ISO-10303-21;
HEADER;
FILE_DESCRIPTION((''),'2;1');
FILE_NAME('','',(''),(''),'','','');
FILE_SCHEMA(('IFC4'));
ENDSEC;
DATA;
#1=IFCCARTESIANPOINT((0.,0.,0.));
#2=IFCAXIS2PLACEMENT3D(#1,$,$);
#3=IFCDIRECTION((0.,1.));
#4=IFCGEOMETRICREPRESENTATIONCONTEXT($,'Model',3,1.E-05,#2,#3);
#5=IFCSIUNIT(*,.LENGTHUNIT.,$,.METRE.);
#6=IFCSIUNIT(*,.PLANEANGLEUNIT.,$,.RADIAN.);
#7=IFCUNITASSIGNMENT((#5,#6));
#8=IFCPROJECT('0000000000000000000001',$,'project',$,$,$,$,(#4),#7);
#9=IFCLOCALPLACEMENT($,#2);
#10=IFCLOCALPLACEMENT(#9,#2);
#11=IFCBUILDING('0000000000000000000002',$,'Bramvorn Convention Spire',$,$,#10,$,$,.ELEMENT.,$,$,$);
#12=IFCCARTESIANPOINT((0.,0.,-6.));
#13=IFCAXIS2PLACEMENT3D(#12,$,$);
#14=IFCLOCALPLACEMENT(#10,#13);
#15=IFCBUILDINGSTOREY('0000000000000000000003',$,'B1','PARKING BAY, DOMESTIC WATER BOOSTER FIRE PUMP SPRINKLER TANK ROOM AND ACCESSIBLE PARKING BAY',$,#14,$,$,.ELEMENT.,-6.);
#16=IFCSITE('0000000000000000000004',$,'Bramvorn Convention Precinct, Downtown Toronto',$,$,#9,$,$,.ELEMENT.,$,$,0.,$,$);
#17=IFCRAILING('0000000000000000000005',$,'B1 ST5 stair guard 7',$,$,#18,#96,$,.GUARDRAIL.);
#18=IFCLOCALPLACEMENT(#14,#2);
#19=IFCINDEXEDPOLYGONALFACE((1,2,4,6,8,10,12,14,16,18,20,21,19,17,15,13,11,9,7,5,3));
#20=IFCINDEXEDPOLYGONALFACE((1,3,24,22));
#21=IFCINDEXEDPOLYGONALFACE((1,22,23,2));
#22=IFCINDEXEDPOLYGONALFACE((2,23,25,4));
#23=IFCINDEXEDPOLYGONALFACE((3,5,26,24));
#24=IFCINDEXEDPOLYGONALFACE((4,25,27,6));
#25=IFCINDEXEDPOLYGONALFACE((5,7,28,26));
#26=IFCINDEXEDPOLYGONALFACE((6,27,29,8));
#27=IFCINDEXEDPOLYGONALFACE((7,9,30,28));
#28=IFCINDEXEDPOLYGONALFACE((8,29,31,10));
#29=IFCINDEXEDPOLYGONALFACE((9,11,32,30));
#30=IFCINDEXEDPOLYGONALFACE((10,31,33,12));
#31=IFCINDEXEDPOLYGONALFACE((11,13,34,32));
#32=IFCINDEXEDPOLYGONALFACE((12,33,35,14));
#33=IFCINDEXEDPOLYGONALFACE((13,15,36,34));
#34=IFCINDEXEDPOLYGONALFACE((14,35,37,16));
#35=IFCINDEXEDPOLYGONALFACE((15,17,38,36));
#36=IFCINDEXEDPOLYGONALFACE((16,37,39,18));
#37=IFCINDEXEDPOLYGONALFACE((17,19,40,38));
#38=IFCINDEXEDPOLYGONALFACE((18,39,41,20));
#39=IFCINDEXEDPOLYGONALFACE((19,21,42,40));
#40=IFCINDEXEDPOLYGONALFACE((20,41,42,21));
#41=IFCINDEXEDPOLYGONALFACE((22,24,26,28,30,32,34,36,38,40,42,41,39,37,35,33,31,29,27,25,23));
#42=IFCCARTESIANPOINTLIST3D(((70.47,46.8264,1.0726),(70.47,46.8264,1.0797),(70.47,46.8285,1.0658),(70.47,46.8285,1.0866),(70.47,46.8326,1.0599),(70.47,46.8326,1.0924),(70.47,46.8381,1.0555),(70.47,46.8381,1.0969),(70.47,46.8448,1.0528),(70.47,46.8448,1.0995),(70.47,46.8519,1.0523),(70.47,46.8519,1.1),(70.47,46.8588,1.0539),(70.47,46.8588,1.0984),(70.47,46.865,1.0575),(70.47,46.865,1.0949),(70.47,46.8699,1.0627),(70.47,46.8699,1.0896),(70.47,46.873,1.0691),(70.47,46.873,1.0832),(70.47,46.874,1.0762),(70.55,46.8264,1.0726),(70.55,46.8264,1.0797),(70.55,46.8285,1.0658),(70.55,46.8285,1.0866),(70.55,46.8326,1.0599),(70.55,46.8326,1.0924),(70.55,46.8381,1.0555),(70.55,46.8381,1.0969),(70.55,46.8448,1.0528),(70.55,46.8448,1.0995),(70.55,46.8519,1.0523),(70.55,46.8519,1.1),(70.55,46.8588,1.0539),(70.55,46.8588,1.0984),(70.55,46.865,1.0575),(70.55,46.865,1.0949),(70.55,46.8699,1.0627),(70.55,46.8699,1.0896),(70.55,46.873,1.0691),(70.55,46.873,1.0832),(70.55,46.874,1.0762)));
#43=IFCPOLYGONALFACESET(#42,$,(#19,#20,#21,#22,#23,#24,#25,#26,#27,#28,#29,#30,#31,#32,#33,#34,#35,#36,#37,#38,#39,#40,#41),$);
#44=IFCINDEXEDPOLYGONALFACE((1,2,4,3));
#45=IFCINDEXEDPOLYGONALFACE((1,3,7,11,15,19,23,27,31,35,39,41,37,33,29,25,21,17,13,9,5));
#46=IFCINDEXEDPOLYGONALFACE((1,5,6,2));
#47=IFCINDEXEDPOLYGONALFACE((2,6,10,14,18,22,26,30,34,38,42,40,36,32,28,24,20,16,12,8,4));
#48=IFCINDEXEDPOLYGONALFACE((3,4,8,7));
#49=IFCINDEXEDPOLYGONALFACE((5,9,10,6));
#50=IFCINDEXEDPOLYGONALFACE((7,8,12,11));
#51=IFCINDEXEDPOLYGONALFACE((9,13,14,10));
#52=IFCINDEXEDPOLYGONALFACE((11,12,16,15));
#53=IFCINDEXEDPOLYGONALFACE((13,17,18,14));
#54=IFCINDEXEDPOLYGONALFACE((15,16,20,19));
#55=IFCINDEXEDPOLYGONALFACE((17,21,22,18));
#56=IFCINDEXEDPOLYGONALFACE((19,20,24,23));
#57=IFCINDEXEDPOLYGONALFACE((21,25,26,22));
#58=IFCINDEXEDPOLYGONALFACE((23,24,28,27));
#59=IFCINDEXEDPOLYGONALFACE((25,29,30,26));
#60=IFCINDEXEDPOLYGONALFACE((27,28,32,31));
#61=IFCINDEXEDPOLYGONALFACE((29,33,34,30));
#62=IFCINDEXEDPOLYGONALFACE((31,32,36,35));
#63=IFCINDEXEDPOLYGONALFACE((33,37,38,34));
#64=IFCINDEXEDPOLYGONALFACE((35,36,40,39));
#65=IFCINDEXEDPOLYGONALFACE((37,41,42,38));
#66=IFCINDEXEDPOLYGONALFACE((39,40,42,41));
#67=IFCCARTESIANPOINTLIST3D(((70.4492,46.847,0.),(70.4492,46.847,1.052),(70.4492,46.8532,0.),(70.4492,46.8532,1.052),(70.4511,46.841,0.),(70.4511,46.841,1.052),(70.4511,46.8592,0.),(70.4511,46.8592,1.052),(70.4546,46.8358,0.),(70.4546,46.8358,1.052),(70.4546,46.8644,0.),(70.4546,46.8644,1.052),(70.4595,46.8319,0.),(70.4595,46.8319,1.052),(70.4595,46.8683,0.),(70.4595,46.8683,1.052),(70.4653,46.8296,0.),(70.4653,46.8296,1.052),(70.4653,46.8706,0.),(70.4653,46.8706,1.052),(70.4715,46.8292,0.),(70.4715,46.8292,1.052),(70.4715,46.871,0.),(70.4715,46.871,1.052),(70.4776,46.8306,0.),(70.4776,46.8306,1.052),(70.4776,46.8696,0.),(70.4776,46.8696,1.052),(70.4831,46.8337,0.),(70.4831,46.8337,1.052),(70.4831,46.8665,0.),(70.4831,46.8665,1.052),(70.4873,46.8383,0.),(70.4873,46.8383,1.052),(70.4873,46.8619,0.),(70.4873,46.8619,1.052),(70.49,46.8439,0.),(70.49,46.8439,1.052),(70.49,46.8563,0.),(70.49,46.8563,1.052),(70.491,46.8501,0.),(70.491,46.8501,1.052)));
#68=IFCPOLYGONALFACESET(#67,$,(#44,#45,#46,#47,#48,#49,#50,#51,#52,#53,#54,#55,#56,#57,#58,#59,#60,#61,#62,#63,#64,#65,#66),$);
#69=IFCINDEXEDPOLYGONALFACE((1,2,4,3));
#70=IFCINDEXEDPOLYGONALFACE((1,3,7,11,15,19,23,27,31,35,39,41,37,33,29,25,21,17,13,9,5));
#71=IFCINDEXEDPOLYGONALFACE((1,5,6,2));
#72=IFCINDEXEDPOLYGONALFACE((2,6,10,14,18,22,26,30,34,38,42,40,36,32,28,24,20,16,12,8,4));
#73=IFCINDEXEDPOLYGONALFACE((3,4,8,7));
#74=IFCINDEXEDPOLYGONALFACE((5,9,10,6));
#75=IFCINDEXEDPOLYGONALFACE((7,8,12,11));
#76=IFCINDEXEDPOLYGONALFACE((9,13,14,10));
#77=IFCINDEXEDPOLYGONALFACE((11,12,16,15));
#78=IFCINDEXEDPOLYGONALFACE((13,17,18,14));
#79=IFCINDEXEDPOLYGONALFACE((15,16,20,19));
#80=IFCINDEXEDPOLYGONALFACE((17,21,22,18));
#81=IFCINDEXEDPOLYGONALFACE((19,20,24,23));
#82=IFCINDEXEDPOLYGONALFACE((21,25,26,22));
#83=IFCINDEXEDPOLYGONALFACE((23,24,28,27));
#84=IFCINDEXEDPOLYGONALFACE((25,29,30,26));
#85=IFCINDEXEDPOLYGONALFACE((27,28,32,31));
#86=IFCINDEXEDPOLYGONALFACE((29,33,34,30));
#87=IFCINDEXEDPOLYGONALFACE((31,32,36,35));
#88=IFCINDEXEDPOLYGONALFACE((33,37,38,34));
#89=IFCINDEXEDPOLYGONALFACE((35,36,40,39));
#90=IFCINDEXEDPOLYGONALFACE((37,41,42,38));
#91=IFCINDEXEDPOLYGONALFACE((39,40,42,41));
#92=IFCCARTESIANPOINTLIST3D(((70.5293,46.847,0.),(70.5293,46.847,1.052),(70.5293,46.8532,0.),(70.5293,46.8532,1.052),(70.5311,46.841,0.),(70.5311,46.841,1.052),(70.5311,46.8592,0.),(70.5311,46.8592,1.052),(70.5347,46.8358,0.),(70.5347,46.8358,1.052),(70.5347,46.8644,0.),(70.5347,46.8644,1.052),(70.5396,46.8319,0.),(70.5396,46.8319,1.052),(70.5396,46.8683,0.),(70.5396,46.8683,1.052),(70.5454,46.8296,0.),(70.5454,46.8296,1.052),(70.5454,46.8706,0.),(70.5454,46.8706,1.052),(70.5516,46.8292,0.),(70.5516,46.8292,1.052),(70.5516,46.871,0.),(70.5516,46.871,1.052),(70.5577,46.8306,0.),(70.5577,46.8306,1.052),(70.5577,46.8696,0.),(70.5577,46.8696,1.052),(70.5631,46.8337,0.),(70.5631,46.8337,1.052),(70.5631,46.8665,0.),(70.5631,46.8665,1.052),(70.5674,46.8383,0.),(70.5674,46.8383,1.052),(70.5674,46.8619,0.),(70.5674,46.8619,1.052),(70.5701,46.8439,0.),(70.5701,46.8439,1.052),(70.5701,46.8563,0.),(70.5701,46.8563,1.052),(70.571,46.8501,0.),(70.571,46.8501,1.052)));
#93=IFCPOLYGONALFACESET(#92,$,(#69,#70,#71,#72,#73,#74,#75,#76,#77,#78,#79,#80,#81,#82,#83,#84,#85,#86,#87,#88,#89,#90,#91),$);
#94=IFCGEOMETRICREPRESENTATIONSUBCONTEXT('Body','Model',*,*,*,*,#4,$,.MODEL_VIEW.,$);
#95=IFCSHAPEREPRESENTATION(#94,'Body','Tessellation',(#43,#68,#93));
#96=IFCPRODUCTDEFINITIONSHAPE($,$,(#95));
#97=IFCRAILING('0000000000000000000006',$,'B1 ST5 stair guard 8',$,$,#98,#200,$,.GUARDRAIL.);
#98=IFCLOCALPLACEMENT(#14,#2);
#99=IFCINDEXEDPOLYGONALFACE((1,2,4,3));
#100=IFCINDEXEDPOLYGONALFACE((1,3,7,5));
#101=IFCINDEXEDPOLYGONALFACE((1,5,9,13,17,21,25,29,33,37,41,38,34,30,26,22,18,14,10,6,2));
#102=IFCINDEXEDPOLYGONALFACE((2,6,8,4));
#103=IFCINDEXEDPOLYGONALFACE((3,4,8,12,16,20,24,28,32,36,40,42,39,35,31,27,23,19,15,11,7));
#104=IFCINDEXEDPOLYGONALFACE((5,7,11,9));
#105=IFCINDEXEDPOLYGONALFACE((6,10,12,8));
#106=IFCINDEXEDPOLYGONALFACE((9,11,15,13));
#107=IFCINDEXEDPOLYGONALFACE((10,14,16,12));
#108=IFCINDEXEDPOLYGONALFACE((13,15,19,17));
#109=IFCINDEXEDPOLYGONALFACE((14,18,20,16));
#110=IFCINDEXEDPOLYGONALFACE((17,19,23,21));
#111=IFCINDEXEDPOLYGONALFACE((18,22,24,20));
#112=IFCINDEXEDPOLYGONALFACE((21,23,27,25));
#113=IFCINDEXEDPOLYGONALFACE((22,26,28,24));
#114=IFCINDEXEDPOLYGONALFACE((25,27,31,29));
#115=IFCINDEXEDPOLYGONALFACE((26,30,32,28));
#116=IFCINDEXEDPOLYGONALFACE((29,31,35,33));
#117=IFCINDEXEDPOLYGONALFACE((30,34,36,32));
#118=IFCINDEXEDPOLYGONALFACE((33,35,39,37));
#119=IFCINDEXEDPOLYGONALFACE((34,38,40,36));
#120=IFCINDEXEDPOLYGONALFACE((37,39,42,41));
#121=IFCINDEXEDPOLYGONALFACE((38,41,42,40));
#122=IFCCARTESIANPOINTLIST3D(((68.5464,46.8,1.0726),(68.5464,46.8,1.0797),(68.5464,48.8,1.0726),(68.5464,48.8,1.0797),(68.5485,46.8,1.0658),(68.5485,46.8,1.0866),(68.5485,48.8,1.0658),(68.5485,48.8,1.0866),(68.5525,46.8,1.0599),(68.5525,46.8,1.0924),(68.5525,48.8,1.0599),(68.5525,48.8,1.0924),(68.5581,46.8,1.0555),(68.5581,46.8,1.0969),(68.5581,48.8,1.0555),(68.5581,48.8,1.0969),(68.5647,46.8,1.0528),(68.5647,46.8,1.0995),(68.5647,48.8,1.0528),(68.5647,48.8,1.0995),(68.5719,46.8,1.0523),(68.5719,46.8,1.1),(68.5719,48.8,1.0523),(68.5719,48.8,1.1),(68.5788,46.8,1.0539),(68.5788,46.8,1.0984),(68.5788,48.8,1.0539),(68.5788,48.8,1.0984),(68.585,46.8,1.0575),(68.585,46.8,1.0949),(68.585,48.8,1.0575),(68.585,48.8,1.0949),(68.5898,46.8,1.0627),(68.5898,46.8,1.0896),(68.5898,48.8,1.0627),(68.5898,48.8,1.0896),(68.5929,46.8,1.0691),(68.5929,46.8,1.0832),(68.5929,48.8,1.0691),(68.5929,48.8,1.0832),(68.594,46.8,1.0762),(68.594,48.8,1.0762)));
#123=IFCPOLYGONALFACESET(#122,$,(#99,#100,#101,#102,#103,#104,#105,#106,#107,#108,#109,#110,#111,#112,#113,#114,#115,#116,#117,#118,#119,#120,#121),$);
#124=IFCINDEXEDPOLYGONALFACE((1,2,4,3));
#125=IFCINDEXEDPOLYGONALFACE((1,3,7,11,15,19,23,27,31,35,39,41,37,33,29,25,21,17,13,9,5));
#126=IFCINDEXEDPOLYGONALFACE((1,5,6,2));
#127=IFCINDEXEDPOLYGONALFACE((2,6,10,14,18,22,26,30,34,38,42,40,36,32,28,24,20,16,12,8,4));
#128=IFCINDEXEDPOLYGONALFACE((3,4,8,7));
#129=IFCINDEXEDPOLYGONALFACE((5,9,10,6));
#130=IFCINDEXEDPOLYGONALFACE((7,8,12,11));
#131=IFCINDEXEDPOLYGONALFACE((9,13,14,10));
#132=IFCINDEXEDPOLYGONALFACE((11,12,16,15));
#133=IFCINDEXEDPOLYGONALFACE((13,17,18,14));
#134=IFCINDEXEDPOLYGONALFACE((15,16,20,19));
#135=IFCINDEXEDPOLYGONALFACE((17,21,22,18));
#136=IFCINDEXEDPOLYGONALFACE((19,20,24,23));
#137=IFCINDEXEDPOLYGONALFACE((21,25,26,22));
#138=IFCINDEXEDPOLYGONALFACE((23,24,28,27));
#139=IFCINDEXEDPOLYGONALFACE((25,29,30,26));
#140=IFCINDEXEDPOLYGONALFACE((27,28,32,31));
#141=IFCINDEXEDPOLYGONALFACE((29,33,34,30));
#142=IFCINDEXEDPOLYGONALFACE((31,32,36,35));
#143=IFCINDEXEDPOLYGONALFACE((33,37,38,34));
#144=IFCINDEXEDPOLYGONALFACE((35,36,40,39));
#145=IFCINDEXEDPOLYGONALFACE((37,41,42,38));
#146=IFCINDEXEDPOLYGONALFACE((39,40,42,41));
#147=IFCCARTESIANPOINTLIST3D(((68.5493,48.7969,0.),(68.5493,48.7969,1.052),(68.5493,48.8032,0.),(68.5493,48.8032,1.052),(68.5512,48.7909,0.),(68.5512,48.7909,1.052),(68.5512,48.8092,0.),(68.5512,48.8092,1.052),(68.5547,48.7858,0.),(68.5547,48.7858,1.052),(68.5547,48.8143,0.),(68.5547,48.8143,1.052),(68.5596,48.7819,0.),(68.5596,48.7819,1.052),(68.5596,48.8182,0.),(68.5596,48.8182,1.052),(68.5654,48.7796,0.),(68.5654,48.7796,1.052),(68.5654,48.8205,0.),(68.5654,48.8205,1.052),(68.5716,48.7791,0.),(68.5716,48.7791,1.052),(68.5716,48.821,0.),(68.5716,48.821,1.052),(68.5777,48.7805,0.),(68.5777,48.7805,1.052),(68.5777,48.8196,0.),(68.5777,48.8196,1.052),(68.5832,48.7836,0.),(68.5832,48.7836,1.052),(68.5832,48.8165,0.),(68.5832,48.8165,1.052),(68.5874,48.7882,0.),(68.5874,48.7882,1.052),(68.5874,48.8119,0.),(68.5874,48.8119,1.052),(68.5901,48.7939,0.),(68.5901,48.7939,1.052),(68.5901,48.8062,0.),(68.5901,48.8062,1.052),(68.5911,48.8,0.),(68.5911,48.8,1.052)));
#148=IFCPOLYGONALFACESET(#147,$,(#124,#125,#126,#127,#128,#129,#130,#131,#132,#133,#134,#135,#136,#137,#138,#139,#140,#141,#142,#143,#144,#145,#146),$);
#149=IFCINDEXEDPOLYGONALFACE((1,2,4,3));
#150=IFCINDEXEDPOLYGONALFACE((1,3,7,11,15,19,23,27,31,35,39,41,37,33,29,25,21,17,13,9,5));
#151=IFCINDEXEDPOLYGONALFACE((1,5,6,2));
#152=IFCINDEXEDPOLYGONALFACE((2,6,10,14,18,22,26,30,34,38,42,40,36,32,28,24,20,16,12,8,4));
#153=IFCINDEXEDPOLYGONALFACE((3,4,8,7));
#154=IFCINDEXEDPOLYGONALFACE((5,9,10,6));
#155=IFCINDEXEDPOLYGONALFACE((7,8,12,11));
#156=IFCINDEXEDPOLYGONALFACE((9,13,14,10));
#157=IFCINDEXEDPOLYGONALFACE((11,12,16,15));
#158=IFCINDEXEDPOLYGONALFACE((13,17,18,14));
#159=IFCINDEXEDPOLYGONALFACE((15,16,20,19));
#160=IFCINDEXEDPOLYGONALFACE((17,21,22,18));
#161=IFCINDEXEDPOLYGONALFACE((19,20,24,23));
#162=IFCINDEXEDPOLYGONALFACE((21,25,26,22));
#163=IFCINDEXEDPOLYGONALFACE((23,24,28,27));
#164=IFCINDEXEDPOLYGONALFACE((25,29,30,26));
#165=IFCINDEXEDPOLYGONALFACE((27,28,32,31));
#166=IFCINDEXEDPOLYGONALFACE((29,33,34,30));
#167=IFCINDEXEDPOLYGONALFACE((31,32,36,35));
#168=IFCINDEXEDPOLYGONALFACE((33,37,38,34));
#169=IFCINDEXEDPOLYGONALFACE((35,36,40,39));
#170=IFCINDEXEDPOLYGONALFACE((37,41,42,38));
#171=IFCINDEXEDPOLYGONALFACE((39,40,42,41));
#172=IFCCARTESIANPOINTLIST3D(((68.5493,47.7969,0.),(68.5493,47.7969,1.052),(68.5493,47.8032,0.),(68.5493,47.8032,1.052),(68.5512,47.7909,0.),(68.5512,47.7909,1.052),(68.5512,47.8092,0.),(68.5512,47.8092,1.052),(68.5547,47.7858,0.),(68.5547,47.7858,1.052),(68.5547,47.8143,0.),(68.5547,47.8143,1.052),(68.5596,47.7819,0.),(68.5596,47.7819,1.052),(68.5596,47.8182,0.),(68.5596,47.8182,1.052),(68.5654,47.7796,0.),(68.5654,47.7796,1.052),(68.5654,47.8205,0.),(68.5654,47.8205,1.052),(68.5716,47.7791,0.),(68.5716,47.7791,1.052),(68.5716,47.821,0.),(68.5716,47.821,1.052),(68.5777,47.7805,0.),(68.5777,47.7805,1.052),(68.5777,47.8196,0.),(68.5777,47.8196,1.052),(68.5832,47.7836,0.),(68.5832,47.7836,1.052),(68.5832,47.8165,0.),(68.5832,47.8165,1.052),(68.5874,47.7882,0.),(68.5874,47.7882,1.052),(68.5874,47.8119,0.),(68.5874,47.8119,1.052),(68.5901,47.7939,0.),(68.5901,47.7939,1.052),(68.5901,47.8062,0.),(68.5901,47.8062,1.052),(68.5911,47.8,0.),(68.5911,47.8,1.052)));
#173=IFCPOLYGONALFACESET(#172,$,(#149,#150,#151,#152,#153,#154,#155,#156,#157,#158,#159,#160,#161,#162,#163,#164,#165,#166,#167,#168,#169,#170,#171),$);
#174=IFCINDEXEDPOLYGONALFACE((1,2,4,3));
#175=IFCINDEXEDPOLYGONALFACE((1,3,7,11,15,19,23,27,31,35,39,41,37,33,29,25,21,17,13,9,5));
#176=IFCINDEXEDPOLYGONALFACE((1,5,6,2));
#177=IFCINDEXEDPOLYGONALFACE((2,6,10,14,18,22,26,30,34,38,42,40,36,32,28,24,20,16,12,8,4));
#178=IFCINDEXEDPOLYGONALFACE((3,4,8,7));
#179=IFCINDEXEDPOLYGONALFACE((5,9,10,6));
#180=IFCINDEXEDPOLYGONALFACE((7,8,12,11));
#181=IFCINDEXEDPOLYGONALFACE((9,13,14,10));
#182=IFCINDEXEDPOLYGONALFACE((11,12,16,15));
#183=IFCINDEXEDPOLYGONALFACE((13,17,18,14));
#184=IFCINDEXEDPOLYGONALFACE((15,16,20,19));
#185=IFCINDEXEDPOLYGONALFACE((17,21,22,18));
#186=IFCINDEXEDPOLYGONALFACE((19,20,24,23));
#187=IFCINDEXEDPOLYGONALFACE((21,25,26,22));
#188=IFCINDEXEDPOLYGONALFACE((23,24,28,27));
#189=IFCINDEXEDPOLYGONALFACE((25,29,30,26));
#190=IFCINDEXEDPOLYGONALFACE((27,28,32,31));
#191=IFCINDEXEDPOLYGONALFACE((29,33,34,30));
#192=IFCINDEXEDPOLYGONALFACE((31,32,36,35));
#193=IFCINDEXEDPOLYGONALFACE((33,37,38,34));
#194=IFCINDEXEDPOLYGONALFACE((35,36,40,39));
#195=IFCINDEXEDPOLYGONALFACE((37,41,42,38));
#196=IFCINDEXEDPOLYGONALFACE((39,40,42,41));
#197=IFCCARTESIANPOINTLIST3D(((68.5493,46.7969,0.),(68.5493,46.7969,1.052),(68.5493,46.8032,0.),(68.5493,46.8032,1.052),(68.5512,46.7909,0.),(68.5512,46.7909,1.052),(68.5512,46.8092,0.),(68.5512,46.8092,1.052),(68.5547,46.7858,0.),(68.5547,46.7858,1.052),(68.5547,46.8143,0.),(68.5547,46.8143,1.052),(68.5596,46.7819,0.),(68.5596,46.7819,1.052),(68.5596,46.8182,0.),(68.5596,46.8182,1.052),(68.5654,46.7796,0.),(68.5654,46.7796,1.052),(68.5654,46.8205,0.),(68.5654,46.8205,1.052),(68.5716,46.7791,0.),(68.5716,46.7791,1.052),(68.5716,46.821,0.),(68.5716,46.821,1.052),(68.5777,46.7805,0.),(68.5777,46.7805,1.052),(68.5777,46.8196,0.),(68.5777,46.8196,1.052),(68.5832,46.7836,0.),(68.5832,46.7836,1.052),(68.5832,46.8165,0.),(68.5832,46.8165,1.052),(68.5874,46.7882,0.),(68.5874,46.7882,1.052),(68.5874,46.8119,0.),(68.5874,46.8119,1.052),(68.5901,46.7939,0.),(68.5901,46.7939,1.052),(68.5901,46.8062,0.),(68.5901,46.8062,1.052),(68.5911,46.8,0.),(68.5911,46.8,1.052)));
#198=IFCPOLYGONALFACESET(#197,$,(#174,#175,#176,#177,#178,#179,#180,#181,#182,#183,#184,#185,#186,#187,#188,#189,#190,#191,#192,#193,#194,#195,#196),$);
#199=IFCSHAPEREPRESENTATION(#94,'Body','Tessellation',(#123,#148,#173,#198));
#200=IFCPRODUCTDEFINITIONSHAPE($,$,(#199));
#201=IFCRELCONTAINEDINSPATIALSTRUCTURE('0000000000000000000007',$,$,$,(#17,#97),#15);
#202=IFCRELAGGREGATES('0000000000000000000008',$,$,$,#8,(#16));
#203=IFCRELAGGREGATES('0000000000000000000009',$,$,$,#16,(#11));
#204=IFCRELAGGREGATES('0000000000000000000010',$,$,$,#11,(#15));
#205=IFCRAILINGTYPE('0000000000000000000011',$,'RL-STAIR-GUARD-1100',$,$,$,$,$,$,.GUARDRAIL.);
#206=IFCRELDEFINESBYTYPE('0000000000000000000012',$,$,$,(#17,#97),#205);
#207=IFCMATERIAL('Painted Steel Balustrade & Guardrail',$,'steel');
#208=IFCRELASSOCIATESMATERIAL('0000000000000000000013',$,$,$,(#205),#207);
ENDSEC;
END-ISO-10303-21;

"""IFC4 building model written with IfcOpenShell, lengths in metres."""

from ifc_helpers import new_model, si_unit, direction, frame, origin, origin_2d, place, context, subcontext, project, spatial, circle, extrude, material, type_object, element, save


model = new_model("IFC4")

# Units and contexts
model_context = context("Model", 3, precision=1e-05, world=origin(), true_north=direction((0.0, 1.0)))
body_context = subcontext(model_context, "Body", "Model", "MODEL_VIEW")
ifc_project = project(units=[si_unit("LENGTHUNIT", "METRE"), si_unit("PLANEANGLEUNIT", "RADIAN")], contexts=[model_context])

# Site, building, storey
site_placement = place(None, origin())
site = spatial("IfcSite", under=ifc_project, at=site_placement, Name="Bramvorn Convention Precinct, Downtown Toronto", CompositionType="ELEMENT", RefElevation=0.0)
building_placement = place(site_placement, origin())
building = spatial("IfcBuilding", under=site, at=building_placement, Name="Bramvorn Convention Spire", CompositionType="ELEMENT")
storey_placement = place(building_placement, frame((0.0, 0.0, -6.0)))
storey = spatial("IfcBuildingStorey", under=building, at=storey_placement, Name="B1", Description="PARKING BAY, DOMESTIC WATER BOOSTER FIRE PUMP SPRINKLER TANK ROOM AND ACCESSIBLE PARKING BAY", CompositionType="ELEMENT", Elevation=-6.0)

# Railings
ifc_material_1 = material(Name="Painted Steel Balustrade & Guardrail", Category="steel")
railing_type_1 = type_object("IfcRailingType", Name="RL-STAIR-GUARD-1100", PredefinedType="GUARDRAIL", material=ifc_material_1)
railing_1_placement = place(storey_placement, frame((70.47, 46.8501, 0.0)))
element("IfcRailing", 1, at=railing_1_placement, inside=storey, type_object=railing_type_1, Name="B1 ST5 stair guard 7", PredefinedType="GUARDRAIL", context=body_context, shape_type="SweptSolid", body=[
    extrude(circle(Radius=0.0239, at=origin_2d()), frame((0.0, 0.0, 1.0762), z_axis=(1.0, 0.0, 0.0), x_axis=(0.0, 1.0, 0.0)), (0.0, 0.0, 1.0), 0.0801),
    extrude(circle(Radius=0.021, at=origin_2d()), origin(), (0.0, 0.0, 1.0), 1.052),
    extrude(circle(Radius=0.021, at=origin_2d()), frame((0.0801, 0.0, 0.0)), (0.0, 0.0, 1.0), 1.052),
])
for number, where, name in (
    (2, (68.5701, 48.8, 0.0), "B1 ST5 stair guard 8"),
):
    element("IfcRailing", number, at=place(storey_placement, frame(where)), inside=storey, type_object=railing_type_1, Name=name, PredefinedType="GUARDRAIL", context=body_context, shape_type="SweptSolid", body=[
        extrude(circle(Radius=0.0239, at=origin_2d()), frame((0.0, 0.0, 1.0762), z_axis=(0.0, -1.0, 0.0), x_axis=(1.0, 0.0, 0.0)), (0.0, 0.0, 1.0), 2.0),
        extrude(circle(Radius=0.021, at=origin_2d()), origin(), (0.0, 0.0, 1.0), 1.052),
        extrude(circle(Radius=0.021, at=origin_2d()), frame((0.0, -1.0, 0.0)), (0.0, 0.0, 1.0), 1.052),
        extrude(circle(Radius=0.021, at=origin_2d()), frame((0.0, -2.0, 0.0)), (0.0, 0.0, 1.0), 1.052),
    ])

save(model, "model.ifc")
